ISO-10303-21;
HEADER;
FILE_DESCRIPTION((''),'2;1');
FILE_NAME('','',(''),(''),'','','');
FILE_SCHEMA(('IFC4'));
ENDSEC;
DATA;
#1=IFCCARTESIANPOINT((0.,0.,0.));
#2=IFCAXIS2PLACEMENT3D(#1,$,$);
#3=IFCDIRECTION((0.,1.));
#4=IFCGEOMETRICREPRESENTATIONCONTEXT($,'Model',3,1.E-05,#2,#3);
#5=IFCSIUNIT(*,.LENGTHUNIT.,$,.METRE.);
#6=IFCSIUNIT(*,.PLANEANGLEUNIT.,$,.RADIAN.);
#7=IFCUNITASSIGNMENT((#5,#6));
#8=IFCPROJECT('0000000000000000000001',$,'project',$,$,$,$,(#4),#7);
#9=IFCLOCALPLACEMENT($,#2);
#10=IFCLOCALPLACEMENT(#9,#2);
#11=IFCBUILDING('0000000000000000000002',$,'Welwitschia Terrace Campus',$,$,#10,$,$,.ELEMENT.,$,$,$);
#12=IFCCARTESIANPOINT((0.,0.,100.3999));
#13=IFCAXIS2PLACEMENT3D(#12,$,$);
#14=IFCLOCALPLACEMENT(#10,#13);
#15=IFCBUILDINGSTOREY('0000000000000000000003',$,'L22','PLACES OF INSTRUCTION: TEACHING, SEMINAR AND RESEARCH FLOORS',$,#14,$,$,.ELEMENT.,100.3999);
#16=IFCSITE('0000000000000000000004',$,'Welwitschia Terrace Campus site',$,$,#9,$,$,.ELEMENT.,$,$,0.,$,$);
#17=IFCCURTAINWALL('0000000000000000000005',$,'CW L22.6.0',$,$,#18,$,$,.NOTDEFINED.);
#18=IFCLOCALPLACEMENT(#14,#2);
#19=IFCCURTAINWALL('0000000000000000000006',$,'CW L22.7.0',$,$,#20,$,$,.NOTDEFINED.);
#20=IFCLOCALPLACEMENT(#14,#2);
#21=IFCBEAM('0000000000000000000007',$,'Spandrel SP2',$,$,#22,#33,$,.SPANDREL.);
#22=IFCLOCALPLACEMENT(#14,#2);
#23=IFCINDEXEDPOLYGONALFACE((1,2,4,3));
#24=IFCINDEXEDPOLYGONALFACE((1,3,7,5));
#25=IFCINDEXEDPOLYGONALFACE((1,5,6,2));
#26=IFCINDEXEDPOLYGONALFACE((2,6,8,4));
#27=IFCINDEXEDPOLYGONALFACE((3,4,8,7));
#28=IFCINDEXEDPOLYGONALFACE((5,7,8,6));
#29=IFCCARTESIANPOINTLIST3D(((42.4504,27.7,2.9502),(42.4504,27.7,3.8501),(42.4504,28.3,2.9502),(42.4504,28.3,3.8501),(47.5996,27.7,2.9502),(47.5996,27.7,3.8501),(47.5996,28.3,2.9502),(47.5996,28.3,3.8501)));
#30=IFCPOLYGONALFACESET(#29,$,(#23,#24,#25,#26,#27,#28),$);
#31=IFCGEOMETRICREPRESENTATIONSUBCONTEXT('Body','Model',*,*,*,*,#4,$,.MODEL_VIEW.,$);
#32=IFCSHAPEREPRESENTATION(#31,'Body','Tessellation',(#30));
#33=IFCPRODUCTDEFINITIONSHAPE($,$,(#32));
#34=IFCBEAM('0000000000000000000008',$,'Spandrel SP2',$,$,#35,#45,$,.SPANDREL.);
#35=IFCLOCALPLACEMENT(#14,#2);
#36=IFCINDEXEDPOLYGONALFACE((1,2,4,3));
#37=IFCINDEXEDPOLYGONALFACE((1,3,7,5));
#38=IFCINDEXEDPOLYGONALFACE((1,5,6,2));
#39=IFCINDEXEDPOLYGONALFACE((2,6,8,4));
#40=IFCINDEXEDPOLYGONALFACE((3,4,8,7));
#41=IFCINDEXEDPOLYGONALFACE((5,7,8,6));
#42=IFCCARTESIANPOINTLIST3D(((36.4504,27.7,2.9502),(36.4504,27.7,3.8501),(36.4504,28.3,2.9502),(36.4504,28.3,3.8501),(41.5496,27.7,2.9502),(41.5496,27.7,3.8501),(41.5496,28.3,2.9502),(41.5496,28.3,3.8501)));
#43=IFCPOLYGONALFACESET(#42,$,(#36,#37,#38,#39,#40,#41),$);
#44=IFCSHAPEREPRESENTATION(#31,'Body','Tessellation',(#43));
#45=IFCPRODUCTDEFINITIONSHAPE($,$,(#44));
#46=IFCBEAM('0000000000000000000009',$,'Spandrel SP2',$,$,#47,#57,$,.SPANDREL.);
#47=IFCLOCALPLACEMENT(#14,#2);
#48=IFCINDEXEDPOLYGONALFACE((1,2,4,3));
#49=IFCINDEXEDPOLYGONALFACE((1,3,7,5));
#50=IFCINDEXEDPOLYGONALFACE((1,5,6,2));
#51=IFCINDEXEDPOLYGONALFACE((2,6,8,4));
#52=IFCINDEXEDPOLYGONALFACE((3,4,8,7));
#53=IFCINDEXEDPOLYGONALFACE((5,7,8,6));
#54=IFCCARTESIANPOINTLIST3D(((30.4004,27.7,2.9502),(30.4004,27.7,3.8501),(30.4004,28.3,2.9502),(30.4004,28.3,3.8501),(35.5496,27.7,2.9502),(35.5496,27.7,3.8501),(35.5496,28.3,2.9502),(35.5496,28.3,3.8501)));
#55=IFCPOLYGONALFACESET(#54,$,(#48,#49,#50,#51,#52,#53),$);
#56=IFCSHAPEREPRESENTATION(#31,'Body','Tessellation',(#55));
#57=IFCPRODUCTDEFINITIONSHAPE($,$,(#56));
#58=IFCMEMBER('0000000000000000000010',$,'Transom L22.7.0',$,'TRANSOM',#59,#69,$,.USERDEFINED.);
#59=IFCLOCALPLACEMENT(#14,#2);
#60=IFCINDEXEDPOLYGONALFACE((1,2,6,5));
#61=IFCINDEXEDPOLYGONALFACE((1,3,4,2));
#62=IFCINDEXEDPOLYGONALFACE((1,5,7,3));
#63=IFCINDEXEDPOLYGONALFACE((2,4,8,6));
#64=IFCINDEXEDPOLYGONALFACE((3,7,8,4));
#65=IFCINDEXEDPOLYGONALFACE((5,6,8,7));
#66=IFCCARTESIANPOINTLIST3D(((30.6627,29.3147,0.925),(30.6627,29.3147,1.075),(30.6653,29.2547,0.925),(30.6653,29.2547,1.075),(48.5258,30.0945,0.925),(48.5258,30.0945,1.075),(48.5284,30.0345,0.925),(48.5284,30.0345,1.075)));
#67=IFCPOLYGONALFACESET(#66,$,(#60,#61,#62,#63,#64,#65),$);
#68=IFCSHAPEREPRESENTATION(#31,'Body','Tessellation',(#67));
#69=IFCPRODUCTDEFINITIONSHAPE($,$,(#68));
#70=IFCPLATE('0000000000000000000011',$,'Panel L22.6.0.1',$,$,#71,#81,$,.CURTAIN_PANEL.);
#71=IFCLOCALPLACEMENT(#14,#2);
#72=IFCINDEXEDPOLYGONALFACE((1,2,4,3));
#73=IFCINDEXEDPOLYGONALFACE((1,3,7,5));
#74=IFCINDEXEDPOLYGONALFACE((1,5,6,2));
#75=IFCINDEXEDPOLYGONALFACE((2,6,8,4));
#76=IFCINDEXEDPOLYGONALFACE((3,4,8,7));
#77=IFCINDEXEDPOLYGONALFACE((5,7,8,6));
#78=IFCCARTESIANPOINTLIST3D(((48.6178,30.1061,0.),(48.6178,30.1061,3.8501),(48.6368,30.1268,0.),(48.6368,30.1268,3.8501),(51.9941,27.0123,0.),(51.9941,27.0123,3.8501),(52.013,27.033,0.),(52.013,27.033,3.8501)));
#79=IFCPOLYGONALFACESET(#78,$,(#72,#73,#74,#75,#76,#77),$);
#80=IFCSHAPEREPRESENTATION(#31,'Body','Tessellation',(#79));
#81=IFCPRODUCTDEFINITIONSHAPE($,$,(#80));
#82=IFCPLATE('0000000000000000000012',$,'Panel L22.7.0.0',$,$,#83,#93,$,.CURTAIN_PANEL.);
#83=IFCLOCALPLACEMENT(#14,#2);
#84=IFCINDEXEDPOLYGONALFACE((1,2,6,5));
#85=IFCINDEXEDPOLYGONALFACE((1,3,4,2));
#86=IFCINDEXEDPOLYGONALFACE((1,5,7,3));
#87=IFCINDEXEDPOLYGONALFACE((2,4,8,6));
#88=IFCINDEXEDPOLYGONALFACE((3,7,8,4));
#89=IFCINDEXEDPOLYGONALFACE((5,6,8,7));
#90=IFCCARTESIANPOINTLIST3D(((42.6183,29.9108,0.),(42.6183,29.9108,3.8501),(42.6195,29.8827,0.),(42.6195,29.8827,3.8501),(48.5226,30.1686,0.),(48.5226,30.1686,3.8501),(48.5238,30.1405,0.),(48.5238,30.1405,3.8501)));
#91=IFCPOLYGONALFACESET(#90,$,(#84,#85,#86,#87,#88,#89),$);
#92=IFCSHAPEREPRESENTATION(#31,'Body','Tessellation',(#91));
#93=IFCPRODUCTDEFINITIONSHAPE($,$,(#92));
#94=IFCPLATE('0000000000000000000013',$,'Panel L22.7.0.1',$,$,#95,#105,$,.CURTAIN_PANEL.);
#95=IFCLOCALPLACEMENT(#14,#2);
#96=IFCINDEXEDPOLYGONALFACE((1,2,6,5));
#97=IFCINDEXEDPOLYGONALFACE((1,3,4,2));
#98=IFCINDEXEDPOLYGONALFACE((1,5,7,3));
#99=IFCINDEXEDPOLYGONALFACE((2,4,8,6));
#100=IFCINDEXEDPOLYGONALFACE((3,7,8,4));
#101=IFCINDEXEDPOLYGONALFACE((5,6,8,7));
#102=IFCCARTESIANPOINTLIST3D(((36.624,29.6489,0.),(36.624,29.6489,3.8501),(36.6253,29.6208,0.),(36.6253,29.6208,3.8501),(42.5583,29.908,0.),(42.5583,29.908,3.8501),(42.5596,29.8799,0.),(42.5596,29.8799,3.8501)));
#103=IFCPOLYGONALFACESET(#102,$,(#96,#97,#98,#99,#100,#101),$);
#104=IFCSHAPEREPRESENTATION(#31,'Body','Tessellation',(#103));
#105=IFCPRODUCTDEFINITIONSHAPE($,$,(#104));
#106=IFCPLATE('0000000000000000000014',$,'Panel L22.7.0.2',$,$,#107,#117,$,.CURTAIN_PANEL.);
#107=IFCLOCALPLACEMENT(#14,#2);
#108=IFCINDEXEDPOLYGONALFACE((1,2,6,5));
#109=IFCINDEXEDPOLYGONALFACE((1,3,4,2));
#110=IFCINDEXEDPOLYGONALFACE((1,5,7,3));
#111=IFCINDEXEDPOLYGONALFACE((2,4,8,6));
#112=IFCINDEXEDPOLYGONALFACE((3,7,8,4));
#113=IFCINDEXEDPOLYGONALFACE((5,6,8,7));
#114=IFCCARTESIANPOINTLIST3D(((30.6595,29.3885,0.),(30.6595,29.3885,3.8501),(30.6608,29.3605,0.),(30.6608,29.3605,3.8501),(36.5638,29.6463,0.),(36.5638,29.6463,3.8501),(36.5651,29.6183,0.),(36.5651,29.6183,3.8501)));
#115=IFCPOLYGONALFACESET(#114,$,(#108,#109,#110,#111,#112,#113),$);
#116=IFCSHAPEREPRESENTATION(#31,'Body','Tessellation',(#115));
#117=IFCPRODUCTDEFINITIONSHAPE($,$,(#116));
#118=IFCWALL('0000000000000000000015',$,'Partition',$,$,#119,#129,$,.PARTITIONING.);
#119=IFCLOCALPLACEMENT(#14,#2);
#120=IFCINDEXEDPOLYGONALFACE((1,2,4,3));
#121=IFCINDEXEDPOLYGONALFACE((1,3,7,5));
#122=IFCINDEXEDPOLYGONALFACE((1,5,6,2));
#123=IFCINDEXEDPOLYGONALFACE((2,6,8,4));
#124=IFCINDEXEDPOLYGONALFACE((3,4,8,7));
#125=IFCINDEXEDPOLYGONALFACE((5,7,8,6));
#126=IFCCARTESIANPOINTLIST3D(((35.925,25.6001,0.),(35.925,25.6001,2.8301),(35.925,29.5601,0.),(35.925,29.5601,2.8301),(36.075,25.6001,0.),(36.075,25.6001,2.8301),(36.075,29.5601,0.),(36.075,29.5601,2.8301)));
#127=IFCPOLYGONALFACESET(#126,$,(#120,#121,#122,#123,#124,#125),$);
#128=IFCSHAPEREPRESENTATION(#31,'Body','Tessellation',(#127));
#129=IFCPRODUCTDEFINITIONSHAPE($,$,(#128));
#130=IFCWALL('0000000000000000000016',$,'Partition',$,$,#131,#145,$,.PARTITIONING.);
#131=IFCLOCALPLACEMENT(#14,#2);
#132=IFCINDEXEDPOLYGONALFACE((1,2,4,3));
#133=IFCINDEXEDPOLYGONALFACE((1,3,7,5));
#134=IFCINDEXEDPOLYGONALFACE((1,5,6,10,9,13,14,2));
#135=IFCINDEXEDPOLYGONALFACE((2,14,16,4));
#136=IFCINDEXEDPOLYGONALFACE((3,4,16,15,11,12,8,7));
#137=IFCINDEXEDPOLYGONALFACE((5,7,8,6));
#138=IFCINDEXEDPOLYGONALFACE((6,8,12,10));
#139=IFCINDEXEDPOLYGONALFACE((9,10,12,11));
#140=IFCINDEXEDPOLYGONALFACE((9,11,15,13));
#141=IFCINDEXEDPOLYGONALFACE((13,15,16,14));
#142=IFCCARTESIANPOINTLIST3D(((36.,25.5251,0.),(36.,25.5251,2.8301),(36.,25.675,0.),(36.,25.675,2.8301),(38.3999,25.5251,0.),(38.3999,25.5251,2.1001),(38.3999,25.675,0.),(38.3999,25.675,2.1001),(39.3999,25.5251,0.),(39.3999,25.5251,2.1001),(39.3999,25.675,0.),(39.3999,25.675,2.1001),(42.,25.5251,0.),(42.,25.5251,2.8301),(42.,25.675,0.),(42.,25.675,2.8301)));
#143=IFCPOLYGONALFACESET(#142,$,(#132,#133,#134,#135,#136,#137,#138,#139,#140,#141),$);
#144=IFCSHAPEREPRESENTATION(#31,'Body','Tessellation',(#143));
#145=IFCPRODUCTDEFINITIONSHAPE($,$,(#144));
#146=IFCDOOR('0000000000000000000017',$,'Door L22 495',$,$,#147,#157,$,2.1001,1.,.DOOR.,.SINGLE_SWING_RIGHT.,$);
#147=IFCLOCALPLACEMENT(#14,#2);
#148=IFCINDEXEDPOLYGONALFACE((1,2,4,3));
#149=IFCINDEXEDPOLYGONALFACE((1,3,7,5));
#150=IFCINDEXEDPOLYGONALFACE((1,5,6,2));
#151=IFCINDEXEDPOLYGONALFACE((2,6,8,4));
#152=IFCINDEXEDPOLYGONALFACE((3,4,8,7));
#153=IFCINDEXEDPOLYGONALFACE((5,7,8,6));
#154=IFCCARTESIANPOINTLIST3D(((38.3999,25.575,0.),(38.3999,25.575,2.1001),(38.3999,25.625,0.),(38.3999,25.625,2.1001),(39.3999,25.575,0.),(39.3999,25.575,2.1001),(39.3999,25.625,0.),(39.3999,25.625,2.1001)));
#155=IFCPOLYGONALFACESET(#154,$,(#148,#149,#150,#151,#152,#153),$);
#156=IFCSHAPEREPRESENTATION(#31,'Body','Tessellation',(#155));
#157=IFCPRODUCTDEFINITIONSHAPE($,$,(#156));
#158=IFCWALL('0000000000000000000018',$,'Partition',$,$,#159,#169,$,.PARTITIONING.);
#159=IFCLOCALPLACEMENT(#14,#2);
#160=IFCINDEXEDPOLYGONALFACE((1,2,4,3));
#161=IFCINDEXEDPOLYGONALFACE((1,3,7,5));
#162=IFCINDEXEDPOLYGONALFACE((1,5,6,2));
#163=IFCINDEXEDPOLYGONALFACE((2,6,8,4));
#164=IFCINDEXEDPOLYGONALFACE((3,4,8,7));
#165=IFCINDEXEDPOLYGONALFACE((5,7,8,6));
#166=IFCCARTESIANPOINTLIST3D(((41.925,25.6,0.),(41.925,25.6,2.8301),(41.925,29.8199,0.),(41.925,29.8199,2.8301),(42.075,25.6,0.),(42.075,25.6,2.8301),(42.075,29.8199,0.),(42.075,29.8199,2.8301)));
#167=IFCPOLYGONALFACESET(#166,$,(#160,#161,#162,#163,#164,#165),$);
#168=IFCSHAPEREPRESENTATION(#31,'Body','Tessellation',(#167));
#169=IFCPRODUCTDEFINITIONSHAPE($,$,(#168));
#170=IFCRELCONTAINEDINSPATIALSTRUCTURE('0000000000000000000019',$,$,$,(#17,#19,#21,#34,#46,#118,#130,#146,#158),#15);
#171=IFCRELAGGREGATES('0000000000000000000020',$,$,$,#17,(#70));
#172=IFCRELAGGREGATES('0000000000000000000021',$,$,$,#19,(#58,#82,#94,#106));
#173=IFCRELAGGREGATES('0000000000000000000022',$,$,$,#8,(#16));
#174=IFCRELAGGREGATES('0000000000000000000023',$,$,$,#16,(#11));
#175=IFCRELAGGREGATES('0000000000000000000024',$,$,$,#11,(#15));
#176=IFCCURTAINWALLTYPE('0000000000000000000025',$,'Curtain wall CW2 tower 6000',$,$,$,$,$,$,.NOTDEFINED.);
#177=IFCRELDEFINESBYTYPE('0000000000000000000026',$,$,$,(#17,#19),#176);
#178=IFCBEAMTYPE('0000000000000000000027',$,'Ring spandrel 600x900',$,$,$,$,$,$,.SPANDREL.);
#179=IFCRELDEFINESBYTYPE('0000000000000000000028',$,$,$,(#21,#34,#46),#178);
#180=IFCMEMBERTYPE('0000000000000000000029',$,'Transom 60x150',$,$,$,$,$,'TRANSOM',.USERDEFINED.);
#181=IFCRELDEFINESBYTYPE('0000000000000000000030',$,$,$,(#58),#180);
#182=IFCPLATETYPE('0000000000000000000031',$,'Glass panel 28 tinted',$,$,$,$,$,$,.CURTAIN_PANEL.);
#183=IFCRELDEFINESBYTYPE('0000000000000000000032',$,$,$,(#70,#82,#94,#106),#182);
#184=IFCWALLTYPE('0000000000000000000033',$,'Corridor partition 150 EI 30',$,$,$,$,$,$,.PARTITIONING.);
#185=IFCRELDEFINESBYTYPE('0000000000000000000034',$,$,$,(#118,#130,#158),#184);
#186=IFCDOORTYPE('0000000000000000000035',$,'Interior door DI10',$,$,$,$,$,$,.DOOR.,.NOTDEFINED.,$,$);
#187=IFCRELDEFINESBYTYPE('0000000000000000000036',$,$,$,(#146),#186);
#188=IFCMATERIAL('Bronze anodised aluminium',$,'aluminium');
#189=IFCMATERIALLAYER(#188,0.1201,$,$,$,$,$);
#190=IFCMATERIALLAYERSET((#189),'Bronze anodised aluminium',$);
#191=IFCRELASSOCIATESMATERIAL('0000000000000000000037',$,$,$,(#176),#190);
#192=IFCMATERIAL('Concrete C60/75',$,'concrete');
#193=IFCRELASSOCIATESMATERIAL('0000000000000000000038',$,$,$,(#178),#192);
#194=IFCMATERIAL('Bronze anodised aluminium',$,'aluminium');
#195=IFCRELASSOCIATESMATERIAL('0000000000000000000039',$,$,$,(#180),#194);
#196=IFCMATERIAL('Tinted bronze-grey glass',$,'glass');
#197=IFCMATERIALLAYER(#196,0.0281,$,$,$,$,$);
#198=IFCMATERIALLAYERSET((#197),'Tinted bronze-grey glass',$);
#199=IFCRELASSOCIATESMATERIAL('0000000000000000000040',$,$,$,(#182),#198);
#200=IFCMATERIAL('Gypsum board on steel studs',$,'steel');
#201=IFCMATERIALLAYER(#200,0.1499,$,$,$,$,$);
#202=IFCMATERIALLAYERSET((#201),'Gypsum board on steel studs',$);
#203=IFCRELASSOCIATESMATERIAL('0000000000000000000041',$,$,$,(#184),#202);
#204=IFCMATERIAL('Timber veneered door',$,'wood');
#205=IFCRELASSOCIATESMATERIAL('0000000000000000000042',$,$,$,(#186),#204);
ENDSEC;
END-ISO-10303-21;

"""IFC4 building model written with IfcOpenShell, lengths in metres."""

from ifc_helpers import new_model, si_unit, direction, frame, frame_2d, origin, origin_2d, place, context, subcontext, project, spatial, rectangle, extrude, material, layer, layer_set, material_profile, profile_set, type_object, element, fill, aggregate, save


model = new_model("IFC4")

# Units and contexts
model_context = context("Model", 3, precision=1e-05, world=origin(), true_north=direction((0.0, 1.0)))
body_context = subcontext(model_context, "Body", "Model", "MODEL_VIEW")
ifc_project = project(units=[si_unit("LENGTHUNIT", "METRE"), si_unit("PLANEANGLEUNIT", "RADIAN")], contexts=[model_context])

# Site, building, storey
site_placement = place(None, origin())
site = spatial("IfcSite", under=ifc_project, at=site_placement, Name="Welwitschia Terrace Campus site", CompositionType="ELEMENT", RefElevation=0.0)
building_placement = place(site_placement, origin())
building = spatial("IfcBuilding", under=site, at=building_placement, Name="Welwitschia Terrace Campus", CompositionType="ELEMENT")
storey_placement = place(building_placement, frame((0.0, 0.0, 100.3999)))
storey = spatial("IfcBuildingStorey", under=building, at=storey_placement, Name="L22", Description="PLACES OF INSTRUCTION: TEACHING, SEMINAR AND RESEARCH FLOORS", CompositionType="ELEMENT", Elevation=100.3999)

# Curtain walls
ifc_material_1 = material(Name="Bronze anodised aluminium", Category="aluminium")
ifc_layer_1 = layer(ifc_material_1, 0.1201)
ifc_layer_set_1 = layer_set([ifc_layer_1], Name="Bronze anodised aluminium")
curtain_wall_type = type_object("IfcCurtainWallType", Name="Curtain wall CW2 tower 6000", PredefinedType="NOTDEFINED", material=ifc_layer_set_1)
curtain_wall_1_placement = place(storey_placement, origin())
curtain_wall_1 = element("IfcCurtainWall", 1, at=curtain_wall_1_placement, inside=storey, type_object=curtain_wall_type, Name="CW L22.6.0", PredefinedType="NOTDEFINED")
curtain_wall_2_placement = place(storey_placement, origin())
curtain_wall_2 = element("IfcCurtainWall", 2, at=curtain_wall_2_placement, inside=storey, type_object=curtain_wall_type, Name="CW L22.7.0", PredefinedType="NOTDEFINED")

# Beams
ifc_material_2 = material(Name="Concrete C60/75", Category="concrete")
ifc_material_profile_1 = material_profile(ifc_material_2, rectangle(XDim=0.6001, YDim=0.8999, at=origin_2d()))
ifc_profile_set_1 = profile_set([ifc_material_profile_1], Name="Concrete C60/75")
beam_type_1 = type_object("IfcBeamType", Name="Ring spandrel 600x900", PredefinedType="SPANDREL", material=ifc_profile_set_1)
beam_1_placement = place(storey_placement, frame((47.5996, 28.0, 3.4001), z_axis=(-1.0, 0.0, 0.0), x_axis=(0.0, -1.0, 0.0)))
element("IfcBeam", 3, at=beam_1_placement, inside=storey, type_object=beam_type_1, Name="Spandrel SP2", PredefinedType="SPANDREL", context=body_context, shape_type="SweptSolid", body=[
    extrude(rectangle(XDim=0.6001, YDim=0.8999, at=origin_2d()), origin(), (0.0, 0.0, 1.0), 5.1492),
])
beam_2_placement = place(storey_placement, frame((41.5496, 28.0, 3.4001), z_axis=(-1.0, 0.0, 0.0), x_axis=(0.0, -1.0, 0.0)))
element("IfcBeam", 4, at=beam_2_placement, inside=storey, type_object=beam_type_1, Name="Spandrel SP2", PredefinedType="SPANDREL", context=body_context, shape_type="SweptSolid", body=[
    extrude(rectangle(XDim=0.6001, YDim=0.8999, at=origin_2d()), origin(), (0.0, 0.0, 1.0), 5.0991),
])
beam_3_placement = place(storey_placement, frame((35.5496, 28.0, 3.4001), z_axis=(-1.0, 0.0, 0.0), x_axis=(0.0, -1.0, 0.0)))
element("IfcBeam", 5, at=beam_3_placement, inside=storey, type_object=beam_type_1, Name="Spandrel SP2", PredefinedType="SPANDREL", context=body_context, shape_type="SweptSolid", body=[
    extrude(rectangle(XDim=0.6001, YDim=0.8999, at=origin_2d()), origin(), (0.0, 0.0, 1.0), 5.1492),
])

# Member
ifc_material_3 = material(Name="Bronze anodised aluminium", Category="aluminium")
ifc_material_profile_2 = material_profile(ifc_material_3, rectangle(XDim=0.0601, YDim=0.1499, at=origin_2d()))
ifc_profile_set_2 = profile_set([ifc_material_profile_2], Name="Bronze anodised aluminium")
member_type_1 = type_object("IfcMemberType", Name="Transom 60x150", ElementType="TRANSOM", PredefinedType="USERDEFINED", material=ifc_profile_set_2)
member_1_placement = place(storey_placement, frame((48.5271, 30.0645, 1.0), z_axis=(-0.999049, -0.043612, 0.0), x_axis=(0.043612, -0.999049, 0.0)))
member_1 = element("IfcMember", 6, at=member_1_placement, type_object=member_type_1, Name="Transom L22.7.0", ObjectType="TRANSOM", PredefinedType="USERDEFINED", context=body_context, shape_type="SweptSolid", body=[
    extrude(rectangle(XDim=0.0601, YDim=0.1499, at=origin_2d()), origin(), (0.0, 0.0, 1.0), 17.8801),
])

# Plates
ifc_material_4 = material(Name="Tinted bronze-grey glass", Category="glass")
ifc_layer_2 = layer(ifc_material_4, 0.0281)
ifc_layer_set_2 = layer_set([ifc_layer_2], Name="Tinted bronze-grey glass")
plate_type = type_object("IfcPlateType", Name="Glass panel 28 tinted", PredefinedType="CURTAIN_PANEL", material=ifc_layer_set_2)
plate_1_placement = place(storey_placement, frame((50.3154, 28.5696, 0.0), z_axis=(0.0, 0.0, 1.0), x_axis=(-0.737277, 0.67559, 0.0)))
plate_1 = element("IfcPlate", 7, at=plate_1_placement, type_object=plate_type, Name="Panel L22.6.0.1", PredefinedType="CURTAIN_PANEL", context=body_context, shape_type="SweptSolid", body=[
    extrude(rectangle(XDim=4.5793, YDim=0.0281, at=origin_2d()), origin(), (0.0, 0.0, 1.0), 3.8501),
])
aggregate(curtain_wall_1, [plate_1])
plate_2_placement = place(storey_placement, frame((45.571, 30.0256, 0.0), z_axis=(0.0, 0.0, 1.0), x_axis=(-0.999048, -0.043619, 0.0)))
plate_2 = element("IfcPlate", 8, at=plate_2_placement, type_object=plate_type, Name="Panel L22.7.0.0", PredefinedType="CURTAIN_PANEL", context=body_context, shape_type="SweptSolid", body=[
    extrude(rectangle(XDim=5.9099, YDim=0.0281, at=origin_2d()), origin(), (0.0, 0.0, 1.0), 3.8501),
])
plate_3_placement = place(storey_placement, frame((39.5918, 29.7644, 0.0), z_axis=(0.0, 0.0, 1.0), x_axis=(-0.999048, -0.043619, 0.0)))
plate_3 = element("IfcPlate", 9, at=plate_3_placement, type_object=plate_type, Name="Panel L22.7.0.1", PredefinedType="CURTAIN_PANEL", context=body_context, shape_type="SweptSolid", body=[
    extrude(rectangle(XDim=5.9399, YDim=0.0281, at=origin_2d()), origin(), (0.0, 0.0, 1.0), 3.8501),
])
plate_4_placement = place(storey_placement, frame((33.6123, 29.5034, 0.0), z_axis=(0.0, 0.0, 1.0), x_axis=(-0.999048, -0.043619, 0.0)))
plate_4 = element("IfcPlate", 10, at=plate_4_placement, type_object=plate_type, Name="Panel L22.7.0.2", PredefinedType="CURTAIN_PANEL", context=body_context, shape_type="SweptSolid", body=[
    extrude(rectangle(XDim=5.9099, YDim=0.0281, at=origin_2d()), origin(), (0.0, 0.0, 1.0), 3.8501),
])
aggregate(curtain_wall_2, [member_1, plate_2, plate_3, plate_4])

# Wall
ifc_material_5 = material(Name="Gypsum board on steel studs", Category="steel")
ifc_layer_3 = layer(ifc_material_5, 0.1499)
ifc_layer_set_3 = layer_set([ifc_layer_3], Name="Gypsum board on steel studs")
wall_type = type_object("IfcWallType", Name="Corridor partition 150 EI 30", PredefinedType="PARTITIONING", material=ifc_layer_set_3)
wall_1_placement = place(storey_placement, frame((36.0, 25.6001, 0.0), z_axis=(0.0, 0.0, 1.0), x_axis=(0.0, 1.0, 0.0)))
element("IfcWall", 11, at=wall_1_placement, inside=storey, type_object=wall_type, Name="Partition", PredefinedType="PARTITIONING", context=body_context, shape_type="SweptSolid", body=[
    extrude(rectangle(XDim=3.96, YDim=0.1499, at=frame_2d((1.98, 0.0))), origin(), (0.0, 0.0, 1.0), 2.8301),
])

# Wall, opening, door
wall_2_placement = place(storey_placement, frame((36.0, 25.6001, 0.0), z_axis=(0.0, 0.0, 1.0), x_axis=(1.0, 0.0, 0.0)))
wall_2 = element("IfcWall", 12, at=wall_2_placement, inside=storey, type_object=wall_type, Name="Partition", PredefinedType="PARTITIONING", context=body_context, shape_type="SweptSolid", body=[
    extrude(rectangle(XDim=6.0, YDim=0.1499, at=frame_2d((3.0, 0.0))), origin(), (0.0, 0.0, 1.0), 2.8301),
])
opening_1_placement = place(wall_2_placement, frame((2.3999, 0.0, 0.0)))
opening_1 = element("IfcOpeningElement", 13, at=opening_1_placement, cuts=wall_2, PredefinedType="OPENING", context=body_context, shape_type="SweptSolid", body=[
    extrude(rectangle(XDim=1.0, YDim=2.1001, at=frame_2d((0.5, 1.05))), frame((0.0, 0.085, 0.0), z_axis=(0.0, -1.0, 0.0), x_axis=(1.0, 0.0, 0.0)), (0.0, 0.0, 1.0), 0.1699),
])
ifc_material_6 = material(Name="Timber veneered door", Category="wood")
door_type = type_object("IfcDoorType", Name="Interior door DI10", OperationType="NOTDEFINED", PredefinedType="DOOR", material=ifc_material_6)
door_1_placement = place(opening_1_placement, origin())
door_1 = element("IfcDoor", 14, at=door_1_placement, inside=storey, type_object=door_type, Name="Door L22 495", OperationType="SINGLE_SWING_RIGHT", OverallHeight=2.1001, OverallWidth=1.0, PredefinedType="DOOR", context=body_context, shape_type="SweptSolid", body=[
    extrude(rectangle(XDim=1.0, YDim=2.1001, at=frame_2d((0.5, 1.05))), frame((0.0, 0.0249, 0.0), z_axis=(0.0, -1.0, 0.0), x_axis=(1.0, 0.0, 0.0)), (0.0, 0.0, 1.0), 0.05),
])
fill(opening_1, door_1)

# Wall
wall_3_placement = place(storey_placement, frame((42.0, 25.6001, 0.0), z_axis=(0.0, 0.0, 1.0), x_axis=(0.0, 1.0, 0.0)))
element("IfcWall", 15, at=wall_3_placement, inside=storey, type_object=wall_type, Name="Partition", PredefinedType="PARTITIONING", context=body_context, shape_type="SweptSolid", body=[
    extrude(rectangle(XDim=4.22, YDim=0.1499, at=frame_2d((2.1099, 0.0))), origin(), (0.0, 0.0, 1.0), 2.8301),
])

save(model, "model.ifc")
